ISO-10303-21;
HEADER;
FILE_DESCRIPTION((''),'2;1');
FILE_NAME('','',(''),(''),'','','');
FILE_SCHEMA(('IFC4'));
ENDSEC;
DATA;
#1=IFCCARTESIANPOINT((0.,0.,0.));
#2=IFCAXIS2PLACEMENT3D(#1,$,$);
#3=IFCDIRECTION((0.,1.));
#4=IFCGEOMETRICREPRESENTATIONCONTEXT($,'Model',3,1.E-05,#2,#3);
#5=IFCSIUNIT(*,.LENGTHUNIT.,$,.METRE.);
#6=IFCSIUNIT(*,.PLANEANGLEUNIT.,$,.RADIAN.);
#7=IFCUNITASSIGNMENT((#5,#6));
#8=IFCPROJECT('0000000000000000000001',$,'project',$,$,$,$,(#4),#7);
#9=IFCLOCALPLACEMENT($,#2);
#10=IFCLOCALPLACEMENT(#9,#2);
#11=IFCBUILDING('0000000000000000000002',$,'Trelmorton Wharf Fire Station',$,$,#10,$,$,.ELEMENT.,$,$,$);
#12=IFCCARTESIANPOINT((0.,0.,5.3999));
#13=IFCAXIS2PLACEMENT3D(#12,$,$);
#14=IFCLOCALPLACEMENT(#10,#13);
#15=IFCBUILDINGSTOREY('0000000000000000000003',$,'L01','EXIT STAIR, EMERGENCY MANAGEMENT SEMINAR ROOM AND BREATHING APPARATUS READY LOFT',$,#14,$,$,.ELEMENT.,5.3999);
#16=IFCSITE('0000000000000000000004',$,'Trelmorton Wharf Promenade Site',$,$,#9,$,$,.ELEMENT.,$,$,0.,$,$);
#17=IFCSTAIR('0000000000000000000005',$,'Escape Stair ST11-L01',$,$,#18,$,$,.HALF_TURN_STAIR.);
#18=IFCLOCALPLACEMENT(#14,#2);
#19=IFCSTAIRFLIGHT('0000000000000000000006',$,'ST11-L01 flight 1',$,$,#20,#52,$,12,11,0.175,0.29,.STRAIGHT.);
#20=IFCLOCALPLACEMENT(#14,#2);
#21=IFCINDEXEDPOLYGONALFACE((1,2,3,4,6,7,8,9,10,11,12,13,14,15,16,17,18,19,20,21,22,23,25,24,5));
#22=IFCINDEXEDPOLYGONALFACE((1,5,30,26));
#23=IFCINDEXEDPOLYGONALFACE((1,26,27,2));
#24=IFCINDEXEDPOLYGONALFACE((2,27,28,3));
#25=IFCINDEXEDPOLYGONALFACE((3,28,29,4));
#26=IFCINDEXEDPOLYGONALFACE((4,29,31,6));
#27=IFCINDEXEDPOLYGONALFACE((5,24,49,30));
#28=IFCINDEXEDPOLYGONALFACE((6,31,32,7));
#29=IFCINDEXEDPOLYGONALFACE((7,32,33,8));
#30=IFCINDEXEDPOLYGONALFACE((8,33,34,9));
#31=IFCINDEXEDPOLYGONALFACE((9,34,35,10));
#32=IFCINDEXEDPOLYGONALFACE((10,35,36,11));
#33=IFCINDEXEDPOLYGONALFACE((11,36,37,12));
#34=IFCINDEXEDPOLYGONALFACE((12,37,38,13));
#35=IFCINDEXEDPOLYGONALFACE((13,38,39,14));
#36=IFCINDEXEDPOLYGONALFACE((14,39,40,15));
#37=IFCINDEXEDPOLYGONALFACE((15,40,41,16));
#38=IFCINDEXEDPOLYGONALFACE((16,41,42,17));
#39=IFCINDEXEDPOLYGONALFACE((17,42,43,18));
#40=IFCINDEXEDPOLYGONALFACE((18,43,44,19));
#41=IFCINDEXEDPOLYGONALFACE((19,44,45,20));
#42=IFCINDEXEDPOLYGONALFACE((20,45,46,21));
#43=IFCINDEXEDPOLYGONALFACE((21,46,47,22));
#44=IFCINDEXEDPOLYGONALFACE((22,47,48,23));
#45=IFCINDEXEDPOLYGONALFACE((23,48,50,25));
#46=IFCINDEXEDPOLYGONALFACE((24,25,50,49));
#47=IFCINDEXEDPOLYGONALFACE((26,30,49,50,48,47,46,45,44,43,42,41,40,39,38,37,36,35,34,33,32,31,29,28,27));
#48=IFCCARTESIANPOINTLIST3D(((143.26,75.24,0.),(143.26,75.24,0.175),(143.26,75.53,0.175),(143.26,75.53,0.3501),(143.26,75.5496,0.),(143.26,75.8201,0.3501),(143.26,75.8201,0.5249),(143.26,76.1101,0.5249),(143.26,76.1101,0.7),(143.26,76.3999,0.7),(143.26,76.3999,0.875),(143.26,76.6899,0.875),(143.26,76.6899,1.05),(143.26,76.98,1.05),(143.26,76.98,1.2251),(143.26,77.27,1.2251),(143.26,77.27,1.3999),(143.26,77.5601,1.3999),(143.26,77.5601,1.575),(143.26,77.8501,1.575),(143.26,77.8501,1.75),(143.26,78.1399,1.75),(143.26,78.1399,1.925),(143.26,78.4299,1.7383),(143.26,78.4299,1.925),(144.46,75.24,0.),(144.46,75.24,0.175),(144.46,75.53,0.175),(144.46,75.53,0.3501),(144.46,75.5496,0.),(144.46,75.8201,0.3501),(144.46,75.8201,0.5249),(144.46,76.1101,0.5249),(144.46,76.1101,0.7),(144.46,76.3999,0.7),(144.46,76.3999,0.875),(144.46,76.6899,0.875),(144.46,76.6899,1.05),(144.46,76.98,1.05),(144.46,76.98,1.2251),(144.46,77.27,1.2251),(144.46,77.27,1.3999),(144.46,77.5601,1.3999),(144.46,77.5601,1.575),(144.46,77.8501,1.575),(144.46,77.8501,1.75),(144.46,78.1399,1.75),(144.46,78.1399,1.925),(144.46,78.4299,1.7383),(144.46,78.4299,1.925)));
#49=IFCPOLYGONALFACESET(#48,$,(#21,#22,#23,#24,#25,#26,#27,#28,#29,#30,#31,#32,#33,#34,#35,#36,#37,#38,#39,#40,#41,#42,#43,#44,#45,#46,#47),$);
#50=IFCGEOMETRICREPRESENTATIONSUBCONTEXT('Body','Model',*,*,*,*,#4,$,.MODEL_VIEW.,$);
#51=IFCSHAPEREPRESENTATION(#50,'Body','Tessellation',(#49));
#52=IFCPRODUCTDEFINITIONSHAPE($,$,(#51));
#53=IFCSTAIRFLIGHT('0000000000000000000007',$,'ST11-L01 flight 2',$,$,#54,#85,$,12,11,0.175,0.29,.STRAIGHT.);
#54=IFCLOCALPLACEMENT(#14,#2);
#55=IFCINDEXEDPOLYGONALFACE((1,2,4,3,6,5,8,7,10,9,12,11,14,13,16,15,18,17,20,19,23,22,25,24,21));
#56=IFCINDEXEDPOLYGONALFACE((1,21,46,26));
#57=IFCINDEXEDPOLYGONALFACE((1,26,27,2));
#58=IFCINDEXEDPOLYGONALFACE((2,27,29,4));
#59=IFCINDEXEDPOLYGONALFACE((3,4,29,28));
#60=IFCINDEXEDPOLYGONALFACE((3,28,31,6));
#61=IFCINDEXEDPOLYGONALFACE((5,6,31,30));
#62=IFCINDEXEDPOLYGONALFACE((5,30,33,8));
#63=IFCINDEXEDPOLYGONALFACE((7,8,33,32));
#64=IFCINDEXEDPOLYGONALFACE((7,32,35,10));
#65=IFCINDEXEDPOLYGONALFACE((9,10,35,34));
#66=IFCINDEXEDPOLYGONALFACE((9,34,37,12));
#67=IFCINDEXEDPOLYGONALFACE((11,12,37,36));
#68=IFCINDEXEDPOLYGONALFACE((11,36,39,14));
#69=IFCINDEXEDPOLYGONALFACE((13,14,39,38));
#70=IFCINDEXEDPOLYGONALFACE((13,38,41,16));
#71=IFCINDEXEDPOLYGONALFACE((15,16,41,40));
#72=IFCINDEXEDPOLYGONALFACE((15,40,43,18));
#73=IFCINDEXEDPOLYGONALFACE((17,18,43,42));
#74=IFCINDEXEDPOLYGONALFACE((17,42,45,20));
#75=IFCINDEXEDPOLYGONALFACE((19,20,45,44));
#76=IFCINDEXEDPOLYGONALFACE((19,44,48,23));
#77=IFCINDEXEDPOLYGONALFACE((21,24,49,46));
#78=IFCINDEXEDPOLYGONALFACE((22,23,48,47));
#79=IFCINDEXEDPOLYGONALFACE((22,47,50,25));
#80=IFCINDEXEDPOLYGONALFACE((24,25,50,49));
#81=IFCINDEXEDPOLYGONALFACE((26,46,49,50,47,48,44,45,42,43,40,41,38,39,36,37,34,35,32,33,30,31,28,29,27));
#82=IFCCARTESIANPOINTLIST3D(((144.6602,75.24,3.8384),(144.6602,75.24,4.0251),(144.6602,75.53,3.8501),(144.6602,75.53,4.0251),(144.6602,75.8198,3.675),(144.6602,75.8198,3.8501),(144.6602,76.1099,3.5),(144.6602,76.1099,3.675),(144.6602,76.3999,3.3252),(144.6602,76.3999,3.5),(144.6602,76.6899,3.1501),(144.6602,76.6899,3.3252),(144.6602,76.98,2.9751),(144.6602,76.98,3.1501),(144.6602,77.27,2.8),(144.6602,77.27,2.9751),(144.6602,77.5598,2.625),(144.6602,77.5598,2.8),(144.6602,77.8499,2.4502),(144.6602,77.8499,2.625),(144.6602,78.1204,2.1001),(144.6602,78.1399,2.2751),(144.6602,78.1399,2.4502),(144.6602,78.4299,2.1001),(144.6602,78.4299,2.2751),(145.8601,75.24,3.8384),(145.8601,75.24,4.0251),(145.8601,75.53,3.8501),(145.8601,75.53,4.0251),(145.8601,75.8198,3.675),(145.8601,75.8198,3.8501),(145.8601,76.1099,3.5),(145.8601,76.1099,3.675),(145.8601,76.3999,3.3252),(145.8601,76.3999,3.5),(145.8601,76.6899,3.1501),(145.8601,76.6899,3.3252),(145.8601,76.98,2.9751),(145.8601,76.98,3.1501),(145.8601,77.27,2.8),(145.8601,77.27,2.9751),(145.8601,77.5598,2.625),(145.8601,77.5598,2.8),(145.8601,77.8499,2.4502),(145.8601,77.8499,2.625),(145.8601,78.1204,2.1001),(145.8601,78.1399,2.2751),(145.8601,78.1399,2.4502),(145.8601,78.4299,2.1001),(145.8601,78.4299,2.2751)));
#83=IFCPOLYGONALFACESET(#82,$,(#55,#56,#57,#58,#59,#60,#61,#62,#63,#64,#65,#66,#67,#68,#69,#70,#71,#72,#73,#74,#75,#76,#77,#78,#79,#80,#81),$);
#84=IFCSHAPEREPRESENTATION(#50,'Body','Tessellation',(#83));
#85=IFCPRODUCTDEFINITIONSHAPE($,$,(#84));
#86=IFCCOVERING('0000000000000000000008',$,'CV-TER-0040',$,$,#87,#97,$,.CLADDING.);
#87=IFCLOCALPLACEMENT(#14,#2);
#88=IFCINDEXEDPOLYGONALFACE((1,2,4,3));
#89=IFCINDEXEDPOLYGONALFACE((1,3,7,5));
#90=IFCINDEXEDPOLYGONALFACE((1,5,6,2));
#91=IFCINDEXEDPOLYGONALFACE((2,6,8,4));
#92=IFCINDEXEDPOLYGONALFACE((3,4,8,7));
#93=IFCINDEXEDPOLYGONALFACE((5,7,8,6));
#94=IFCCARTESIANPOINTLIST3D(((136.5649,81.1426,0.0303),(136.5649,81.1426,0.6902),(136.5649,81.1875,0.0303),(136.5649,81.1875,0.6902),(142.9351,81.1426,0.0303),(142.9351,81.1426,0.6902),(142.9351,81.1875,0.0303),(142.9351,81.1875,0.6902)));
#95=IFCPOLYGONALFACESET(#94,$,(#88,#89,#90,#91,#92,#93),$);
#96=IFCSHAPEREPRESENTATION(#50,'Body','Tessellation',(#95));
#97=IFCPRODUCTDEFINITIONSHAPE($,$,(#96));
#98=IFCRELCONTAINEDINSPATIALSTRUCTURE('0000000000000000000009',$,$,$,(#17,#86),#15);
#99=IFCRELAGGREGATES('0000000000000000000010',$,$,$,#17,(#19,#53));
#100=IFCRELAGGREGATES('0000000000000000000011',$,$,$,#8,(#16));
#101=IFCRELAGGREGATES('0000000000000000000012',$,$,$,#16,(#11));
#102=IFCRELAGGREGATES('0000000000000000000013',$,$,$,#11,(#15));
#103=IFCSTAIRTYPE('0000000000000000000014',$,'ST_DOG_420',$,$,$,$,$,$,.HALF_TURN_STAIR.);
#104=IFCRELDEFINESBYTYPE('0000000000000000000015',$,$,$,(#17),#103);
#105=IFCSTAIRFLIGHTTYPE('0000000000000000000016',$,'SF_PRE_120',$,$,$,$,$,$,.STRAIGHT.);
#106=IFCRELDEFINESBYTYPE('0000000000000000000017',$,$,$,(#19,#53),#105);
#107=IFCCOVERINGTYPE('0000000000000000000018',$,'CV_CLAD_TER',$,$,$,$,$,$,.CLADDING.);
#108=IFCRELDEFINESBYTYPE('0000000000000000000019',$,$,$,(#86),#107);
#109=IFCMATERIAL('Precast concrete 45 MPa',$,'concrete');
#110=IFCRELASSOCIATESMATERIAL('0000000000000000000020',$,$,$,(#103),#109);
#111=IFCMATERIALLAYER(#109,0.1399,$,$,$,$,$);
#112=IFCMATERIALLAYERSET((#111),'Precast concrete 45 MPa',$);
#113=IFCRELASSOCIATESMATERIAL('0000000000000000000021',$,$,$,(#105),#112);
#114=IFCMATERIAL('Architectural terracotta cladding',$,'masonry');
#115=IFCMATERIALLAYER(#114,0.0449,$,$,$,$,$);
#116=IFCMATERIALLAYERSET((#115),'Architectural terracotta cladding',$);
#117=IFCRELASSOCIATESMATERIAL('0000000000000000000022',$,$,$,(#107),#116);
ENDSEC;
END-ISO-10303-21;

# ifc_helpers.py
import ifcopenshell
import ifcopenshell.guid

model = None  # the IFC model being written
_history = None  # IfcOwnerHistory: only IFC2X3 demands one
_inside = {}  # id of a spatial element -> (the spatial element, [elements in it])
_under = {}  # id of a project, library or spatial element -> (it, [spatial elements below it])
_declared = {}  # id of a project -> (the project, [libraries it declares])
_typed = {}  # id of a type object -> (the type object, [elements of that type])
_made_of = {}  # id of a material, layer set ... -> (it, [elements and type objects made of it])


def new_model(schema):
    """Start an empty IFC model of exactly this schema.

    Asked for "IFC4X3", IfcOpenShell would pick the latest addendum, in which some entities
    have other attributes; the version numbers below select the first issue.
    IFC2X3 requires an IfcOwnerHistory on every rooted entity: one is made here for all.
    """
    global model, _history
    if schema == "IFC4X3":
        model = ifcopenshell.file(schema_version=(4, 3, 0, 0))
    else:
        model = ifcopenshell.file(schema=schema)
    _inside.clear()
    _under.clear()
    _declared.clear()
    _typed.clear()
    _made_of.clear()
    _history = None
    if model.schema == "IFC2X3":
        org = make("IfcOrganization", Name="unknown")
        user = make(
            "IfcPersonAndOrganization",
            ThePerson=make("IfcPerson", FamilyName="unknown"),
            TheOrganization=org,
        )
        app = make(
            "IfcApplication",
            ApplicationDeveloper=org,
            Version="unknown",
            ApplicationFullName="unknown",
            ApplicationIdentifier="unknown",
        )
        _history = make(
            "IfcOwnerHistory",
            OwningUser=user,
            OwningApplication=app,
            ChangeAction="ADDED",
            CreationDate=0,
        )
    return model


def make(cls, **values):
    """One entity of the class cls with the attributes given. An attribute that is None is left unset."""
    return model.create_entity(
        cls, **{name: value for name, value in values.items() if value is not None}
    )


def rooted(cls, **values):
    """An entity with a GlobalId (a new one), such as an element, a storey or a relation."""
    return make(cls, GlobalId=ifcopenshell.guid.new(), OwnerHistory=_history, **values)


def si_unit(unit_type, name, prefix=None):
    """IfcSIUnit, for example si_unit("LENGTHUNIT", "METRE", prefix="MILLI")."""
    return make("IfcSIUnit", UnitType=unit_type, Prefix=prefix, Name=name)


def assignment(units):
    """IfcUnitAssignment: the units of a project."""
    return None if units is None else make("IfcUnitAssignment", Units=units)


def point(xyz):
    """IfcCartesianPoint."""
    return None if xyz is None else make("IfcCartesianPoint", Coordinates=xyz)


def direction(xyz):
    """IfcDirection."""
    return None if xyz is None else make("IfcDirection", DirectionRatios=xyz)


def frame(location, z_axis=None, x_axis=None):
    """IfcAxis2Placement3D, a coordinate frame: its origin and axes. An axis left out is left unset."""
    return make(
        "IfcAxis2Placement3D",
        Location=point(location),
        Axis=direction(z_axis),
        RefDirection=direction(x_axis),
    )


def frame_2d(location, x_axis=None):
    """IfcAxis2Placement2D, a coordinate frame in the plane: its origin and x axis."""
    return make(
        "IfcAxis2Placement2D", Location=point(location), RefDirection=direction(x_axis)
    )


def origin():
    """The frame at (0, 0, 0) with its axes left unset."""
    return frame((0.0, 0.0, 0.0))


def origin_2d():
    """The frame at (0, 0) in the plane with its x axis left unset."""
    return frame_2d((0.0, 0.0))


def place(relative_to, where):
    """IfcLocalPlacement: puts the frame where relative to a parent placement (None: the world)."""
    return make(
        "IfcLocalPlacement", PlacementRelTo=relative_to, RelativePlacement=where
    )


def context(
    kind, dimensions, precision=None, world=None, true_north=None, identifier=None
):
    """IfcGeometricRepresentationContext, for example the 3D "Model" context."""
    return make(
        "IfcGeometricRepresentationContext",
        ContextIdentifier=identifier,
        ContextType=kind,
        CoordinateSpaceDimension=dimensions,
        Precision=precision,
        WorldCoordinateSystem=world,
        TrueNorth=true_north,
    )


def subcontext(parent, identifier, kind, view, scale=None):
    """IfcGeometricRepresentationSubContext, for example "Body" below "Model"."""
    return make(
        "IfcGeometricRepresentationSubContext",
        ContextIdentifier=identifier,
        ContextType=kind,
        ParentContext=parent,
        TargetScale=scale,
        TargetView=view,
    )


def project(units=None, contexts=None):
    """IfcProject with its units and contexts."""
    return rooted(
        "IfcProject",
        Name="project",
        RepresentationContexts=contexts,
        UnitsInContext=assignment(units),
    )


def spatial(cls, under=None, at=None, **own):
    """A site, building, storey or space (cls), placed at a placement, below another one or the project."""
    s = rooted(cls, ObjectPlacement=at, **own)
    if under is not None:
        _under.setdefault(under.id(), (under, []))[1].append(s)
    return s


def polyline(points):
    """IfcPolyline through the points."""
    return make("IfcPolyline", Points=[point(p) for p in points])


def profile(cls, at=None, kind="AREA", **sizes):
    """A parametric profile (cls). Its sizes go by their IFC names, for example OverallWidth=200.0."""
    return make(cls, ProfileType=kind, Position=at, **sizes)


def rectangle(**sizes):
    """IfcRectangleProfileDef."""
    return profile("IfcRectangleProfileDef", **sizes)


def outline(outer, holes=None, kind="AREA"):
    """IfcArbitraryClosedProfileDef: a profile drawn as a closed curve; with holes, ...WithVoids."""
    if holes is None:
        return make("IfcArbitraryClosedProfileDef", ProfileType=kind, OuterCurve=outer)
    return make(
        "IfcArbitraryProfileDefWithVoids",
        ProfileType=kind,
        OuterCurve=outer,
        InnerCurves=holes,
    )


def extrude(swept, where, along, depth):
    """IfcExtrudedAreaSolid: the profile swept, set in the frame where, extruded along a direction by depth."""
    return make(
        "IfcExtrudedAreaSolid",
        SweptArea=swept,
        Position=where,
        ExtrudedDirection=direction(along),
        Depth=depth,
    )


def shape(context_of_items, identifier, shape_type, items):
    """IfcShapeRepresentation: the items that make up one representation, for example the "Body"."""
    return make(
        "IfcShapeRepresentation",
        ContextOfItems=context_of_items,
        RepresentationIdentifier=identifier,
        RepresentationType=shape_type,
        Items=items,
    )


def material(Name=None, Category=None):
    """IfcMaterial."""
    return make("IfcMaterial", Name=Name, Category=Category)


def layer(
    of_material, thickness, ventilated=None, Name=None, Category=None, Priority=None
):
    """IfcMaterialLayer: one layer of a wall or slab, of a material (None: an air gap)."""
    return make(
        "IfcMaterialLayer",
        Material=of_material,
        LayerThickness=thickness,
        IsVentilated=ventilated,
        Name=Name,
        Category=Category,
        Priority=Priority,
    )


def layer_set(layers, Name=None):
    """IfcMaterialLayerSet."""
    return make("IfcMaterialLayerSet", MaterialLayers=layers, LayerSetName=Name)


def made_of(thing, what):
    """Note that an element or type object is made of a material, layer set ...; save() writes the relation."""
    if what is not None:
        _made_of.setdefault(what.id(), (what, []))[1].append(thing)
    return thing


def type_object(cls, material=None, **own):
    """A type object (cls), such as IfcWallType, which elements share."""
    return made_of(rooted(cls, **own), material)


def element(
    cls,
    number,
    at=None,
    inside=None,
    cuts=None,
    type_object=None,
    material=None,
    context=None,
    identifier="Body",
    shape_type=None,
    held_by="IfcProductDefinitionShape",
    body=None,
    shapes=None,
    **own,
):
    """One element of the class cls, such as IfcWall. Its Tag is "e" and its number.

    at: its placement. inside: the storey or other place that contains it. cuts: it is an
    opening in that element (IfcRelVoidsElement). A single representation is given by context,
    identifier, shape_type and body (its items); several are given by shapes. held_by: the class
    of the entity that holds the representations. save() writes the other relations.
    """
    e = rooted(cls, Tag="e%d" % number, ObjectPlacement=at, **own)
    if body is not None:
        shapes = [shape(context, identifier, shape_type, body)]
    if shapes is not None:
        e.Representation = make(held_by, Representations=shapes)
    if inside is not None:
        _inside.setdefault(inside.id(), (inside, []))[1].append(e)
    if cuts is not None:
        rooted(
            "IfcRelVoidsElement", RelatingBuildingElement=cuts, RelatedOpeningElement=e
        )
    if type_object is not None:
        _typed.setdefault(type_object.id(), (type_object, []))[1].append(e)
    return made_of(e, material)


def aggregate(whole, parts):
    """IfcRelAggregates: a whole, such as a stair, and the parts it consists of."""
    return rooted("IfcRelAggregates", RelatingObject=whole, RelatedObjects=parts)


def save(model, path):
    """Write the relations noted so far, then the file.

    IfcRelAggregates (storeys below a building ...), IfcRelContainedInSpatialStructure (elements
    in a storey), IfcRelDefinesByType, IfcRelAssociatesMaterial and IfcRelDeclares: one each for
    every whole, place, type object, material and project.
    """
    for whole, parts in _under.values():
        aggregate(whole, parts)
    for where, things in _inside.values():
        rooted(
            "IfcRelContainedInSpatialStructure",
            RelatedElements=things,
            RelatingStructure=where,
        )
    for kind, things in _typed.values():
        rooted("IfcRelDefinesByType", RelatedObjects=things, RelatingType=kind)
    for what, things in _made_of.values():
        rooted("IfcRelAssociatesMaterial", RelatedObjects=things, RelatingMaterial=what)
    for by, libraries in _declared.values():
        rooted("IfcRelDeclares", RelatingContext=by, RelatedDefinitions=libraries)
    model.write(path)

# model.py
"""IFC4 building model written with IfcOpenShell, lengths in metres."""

from ifc_helpers import new_model, si_unit, direction, frame, origin, origin_2d, place, context, subcontext, project, spatial, polyline, rectangle, outline, extrude, material, layer, layer_set, type_object, element, aggregate, save


model = new_model("IFC4")

# Units and contexts
model_context = context("Model", 3, precision=1e-05, world=origin(), true_north=direction((0.0, 1.0)))
body_context = subcontext(model_context, "Body", "Model", "MODEL_VIEW")
ifc_project = project(units=[si_unit("LENGTHUNIT", "METRE"), si_unit("PLANEANGLEUNIT", "RADIAN")], contexts=[model_context])

# Site, building, storey
site_placement = place(None, origin())
site = spatial("IfcSite", under=ifc_project, at=site_placement, Name="Trelmorton Wharf Promenade Site", CompositionType="ELEMENT", RefElevation=0.0)
building_placement = place(site_placement, origin())
building = spatial("IfcBuilding", under=site, at=building_placement, Name="Trelmorton Wharf Fire Station", CompositionType="ELEMENT")
storey_placement = place(building_placement, frame((0.0, 0.0, 5.3999)))
storey = spatial("IfcBuildingStorey", under=building, at=storey_placement, Name="L01", Description="EXIT STAIR, EMERGENCY MANAGEMENT SEMINAR ROOM AND BREATHING APPARATUS READY LOFT", CompositionType="ELEMENT", Elevation=5.3999)

# Shared definitions
ifc_material_1 = material(Name="Precast concrete 45 MPa", Category="concrete")

# Stair, stair flights
stair_type = type_object("IfcStairType", Name="ST_DOG_420", PredefinedType="HALF_TURN_STAIR", material=ifc_material_1)
stair_placement = place(storey_placement, origin())
stair = element("IfcStair", 1, at=stair_placement, inside=storey, type_object=stair_type, Name="Escape Stair ST11-L01", PredefinedType="HALF_TURN_STAIR")
ifc_layer_1 = layer(ifc_material_1, 0.1399)
ifc_layer_set_1 = layer_set([ifc_layer_1], Name="Precast concrete 45 MPa")
stair_flight_type = type_object("IfcStairFlightType", Name="SF_PRE_120", PredefinedType="STRAIGHT", material=ifc_layer_set_1)
stair_flight_1_placement = place(storey_placement, frame((143.8601, 75.24, 0.0), z_axis=(0.0, 0.0, 1.0), x_axis=(0.0, 1.0, 0.0)))
stair_flight_1 = element("IfcStairFlight", 2, at=stair_flight_1_placement, type_object=stair_flight_type, Name="ST11-L01 flight 1", NumberOfRisers=12, NumberOfTreads=11, PredefinedType="STRAIGHT", RiserHeight=0.175, TreadLength=0.29, context=body_context, shape_type="SweptSolid", body=[
    extrude(outline(polyline([(0.0, 0.0), (0.0, 0.175), (0.29, 0.175), (0.29, 0.3501), (0.5801, 0.3501), (0.5801, 0.5249), (0.8701, 0.5249), (0.8701, 0.7), (1.1599, 0.7), (1.1599, 0.875), (1.45, 0.875), (1.45, 1.05), (1.74, 1.05), (1.74, 1.2251), (2.03, 1.2251), (2.03, 1.3999), (2.3201, 1.3999), (2.3201, 1.575), (2.6101, 1.575), (2.6101, 1.75), (2.8999, 1.75), (2.8999, 1.925), (3.1899, 1.925), (3.1899, 2.1001), (3.1899, 1.7383), (0.3096, 0.0), (0.0, 0.0)])), frame((0.0, 0.6001, 0.0), z_axis=(0.0, -1.0, 0.0), x_axis=(1.0, 0.0, 0.0)), (0.0, 0.0, 1.0), 1.2),
])
stair_flight_2_placement = place(storey_placement, frame((145.26, 78.4299, 2.1001), z_axis=(0.0, 0.0, 1.0), x_axis=(0.0, -1.0, 0.0)))
stair_flight_2 = element("IfcStairFlight", 3, at=stair_flight_2_placement, type_object=stair_flight_type, Name="ST11-L01 flight 2", NumberOfRisers=12, NumberOfTreads=11, PredefinedType="STRAIGHT", RiserHeight=0.175, TreadLength=0.29, context=body_context, shape_type="SweptSolid", body=[
    extrude(outline(polyline([(0.0, 0.0), (0.0, 0.175), (0.29, 0.175), (0.29, 0.3501), (0.5801, 0.3501), (0.5801, 0.5249), (0.8701, 0.5249), (0.8701, 0.7), (1.1599, 0.7), (1.1599, 0.875), (1.45, 0.875), (1.45, 1.05), (1.74, 1.05), (1.74, 1.2251), (2.03, 1.2251), (2.03, 1.3999), (2.3201, 1.3999), (2.3201, 1.575), (2.6101, 1.575), (2.6101, 1.75), (2.8999, 1.75), (2.8999, 1.925), (3.1899, 1.925), (3.1899, 2.1001), (3.1899, 1.7383), (0.3096, 0.0), (0.0, 0.0)])), frame((0.0, 0.6001, 0.0), z_axis=(0.0, -1.0, 0.0), x_axis=(1.0, 0.0, 0.0)), (0.0, 0.0, 1.0), 1.2),
])
aggregate(stair, [stair_flight_1, stair_flight_2])

# Covering
ifc_material_2 = material(Name="Architectural terracotta cladding", Category="masonry")
ifc_layer_2 = layer(ifc_material_2, 0.0449)
ifc_layer_set_2 = layer_set([ifc_layer_2], Name="Architectural terracotta cladding")
covering_type = type_object("IfcCoveringType", Name="CV_CLAD_TER", PredefinedType="CLADDING", material=ifc_layer_set_2)
covering_placement = place(storey_placement, frame((139.75, 81.165, 0.0303), z_axis=(0.0, 0.0, 1.0), x_axis=(1.0, 0.0, 0.0)))
element("IfcCovering", 4, at=covering_placement, inside=storey, type_object=covering_type, Name="CV-TER-0040", PredefinedType="CLADDING", context=body_context, shape_type="SweptSolid", body=[
    extrude(rectangle(XDim=6.3701, YDim=0.0449, at=origin_2d()), origin(), (0.0, 0.0, 1.0), 0.6599),
])

save(model, "model.ifc")
